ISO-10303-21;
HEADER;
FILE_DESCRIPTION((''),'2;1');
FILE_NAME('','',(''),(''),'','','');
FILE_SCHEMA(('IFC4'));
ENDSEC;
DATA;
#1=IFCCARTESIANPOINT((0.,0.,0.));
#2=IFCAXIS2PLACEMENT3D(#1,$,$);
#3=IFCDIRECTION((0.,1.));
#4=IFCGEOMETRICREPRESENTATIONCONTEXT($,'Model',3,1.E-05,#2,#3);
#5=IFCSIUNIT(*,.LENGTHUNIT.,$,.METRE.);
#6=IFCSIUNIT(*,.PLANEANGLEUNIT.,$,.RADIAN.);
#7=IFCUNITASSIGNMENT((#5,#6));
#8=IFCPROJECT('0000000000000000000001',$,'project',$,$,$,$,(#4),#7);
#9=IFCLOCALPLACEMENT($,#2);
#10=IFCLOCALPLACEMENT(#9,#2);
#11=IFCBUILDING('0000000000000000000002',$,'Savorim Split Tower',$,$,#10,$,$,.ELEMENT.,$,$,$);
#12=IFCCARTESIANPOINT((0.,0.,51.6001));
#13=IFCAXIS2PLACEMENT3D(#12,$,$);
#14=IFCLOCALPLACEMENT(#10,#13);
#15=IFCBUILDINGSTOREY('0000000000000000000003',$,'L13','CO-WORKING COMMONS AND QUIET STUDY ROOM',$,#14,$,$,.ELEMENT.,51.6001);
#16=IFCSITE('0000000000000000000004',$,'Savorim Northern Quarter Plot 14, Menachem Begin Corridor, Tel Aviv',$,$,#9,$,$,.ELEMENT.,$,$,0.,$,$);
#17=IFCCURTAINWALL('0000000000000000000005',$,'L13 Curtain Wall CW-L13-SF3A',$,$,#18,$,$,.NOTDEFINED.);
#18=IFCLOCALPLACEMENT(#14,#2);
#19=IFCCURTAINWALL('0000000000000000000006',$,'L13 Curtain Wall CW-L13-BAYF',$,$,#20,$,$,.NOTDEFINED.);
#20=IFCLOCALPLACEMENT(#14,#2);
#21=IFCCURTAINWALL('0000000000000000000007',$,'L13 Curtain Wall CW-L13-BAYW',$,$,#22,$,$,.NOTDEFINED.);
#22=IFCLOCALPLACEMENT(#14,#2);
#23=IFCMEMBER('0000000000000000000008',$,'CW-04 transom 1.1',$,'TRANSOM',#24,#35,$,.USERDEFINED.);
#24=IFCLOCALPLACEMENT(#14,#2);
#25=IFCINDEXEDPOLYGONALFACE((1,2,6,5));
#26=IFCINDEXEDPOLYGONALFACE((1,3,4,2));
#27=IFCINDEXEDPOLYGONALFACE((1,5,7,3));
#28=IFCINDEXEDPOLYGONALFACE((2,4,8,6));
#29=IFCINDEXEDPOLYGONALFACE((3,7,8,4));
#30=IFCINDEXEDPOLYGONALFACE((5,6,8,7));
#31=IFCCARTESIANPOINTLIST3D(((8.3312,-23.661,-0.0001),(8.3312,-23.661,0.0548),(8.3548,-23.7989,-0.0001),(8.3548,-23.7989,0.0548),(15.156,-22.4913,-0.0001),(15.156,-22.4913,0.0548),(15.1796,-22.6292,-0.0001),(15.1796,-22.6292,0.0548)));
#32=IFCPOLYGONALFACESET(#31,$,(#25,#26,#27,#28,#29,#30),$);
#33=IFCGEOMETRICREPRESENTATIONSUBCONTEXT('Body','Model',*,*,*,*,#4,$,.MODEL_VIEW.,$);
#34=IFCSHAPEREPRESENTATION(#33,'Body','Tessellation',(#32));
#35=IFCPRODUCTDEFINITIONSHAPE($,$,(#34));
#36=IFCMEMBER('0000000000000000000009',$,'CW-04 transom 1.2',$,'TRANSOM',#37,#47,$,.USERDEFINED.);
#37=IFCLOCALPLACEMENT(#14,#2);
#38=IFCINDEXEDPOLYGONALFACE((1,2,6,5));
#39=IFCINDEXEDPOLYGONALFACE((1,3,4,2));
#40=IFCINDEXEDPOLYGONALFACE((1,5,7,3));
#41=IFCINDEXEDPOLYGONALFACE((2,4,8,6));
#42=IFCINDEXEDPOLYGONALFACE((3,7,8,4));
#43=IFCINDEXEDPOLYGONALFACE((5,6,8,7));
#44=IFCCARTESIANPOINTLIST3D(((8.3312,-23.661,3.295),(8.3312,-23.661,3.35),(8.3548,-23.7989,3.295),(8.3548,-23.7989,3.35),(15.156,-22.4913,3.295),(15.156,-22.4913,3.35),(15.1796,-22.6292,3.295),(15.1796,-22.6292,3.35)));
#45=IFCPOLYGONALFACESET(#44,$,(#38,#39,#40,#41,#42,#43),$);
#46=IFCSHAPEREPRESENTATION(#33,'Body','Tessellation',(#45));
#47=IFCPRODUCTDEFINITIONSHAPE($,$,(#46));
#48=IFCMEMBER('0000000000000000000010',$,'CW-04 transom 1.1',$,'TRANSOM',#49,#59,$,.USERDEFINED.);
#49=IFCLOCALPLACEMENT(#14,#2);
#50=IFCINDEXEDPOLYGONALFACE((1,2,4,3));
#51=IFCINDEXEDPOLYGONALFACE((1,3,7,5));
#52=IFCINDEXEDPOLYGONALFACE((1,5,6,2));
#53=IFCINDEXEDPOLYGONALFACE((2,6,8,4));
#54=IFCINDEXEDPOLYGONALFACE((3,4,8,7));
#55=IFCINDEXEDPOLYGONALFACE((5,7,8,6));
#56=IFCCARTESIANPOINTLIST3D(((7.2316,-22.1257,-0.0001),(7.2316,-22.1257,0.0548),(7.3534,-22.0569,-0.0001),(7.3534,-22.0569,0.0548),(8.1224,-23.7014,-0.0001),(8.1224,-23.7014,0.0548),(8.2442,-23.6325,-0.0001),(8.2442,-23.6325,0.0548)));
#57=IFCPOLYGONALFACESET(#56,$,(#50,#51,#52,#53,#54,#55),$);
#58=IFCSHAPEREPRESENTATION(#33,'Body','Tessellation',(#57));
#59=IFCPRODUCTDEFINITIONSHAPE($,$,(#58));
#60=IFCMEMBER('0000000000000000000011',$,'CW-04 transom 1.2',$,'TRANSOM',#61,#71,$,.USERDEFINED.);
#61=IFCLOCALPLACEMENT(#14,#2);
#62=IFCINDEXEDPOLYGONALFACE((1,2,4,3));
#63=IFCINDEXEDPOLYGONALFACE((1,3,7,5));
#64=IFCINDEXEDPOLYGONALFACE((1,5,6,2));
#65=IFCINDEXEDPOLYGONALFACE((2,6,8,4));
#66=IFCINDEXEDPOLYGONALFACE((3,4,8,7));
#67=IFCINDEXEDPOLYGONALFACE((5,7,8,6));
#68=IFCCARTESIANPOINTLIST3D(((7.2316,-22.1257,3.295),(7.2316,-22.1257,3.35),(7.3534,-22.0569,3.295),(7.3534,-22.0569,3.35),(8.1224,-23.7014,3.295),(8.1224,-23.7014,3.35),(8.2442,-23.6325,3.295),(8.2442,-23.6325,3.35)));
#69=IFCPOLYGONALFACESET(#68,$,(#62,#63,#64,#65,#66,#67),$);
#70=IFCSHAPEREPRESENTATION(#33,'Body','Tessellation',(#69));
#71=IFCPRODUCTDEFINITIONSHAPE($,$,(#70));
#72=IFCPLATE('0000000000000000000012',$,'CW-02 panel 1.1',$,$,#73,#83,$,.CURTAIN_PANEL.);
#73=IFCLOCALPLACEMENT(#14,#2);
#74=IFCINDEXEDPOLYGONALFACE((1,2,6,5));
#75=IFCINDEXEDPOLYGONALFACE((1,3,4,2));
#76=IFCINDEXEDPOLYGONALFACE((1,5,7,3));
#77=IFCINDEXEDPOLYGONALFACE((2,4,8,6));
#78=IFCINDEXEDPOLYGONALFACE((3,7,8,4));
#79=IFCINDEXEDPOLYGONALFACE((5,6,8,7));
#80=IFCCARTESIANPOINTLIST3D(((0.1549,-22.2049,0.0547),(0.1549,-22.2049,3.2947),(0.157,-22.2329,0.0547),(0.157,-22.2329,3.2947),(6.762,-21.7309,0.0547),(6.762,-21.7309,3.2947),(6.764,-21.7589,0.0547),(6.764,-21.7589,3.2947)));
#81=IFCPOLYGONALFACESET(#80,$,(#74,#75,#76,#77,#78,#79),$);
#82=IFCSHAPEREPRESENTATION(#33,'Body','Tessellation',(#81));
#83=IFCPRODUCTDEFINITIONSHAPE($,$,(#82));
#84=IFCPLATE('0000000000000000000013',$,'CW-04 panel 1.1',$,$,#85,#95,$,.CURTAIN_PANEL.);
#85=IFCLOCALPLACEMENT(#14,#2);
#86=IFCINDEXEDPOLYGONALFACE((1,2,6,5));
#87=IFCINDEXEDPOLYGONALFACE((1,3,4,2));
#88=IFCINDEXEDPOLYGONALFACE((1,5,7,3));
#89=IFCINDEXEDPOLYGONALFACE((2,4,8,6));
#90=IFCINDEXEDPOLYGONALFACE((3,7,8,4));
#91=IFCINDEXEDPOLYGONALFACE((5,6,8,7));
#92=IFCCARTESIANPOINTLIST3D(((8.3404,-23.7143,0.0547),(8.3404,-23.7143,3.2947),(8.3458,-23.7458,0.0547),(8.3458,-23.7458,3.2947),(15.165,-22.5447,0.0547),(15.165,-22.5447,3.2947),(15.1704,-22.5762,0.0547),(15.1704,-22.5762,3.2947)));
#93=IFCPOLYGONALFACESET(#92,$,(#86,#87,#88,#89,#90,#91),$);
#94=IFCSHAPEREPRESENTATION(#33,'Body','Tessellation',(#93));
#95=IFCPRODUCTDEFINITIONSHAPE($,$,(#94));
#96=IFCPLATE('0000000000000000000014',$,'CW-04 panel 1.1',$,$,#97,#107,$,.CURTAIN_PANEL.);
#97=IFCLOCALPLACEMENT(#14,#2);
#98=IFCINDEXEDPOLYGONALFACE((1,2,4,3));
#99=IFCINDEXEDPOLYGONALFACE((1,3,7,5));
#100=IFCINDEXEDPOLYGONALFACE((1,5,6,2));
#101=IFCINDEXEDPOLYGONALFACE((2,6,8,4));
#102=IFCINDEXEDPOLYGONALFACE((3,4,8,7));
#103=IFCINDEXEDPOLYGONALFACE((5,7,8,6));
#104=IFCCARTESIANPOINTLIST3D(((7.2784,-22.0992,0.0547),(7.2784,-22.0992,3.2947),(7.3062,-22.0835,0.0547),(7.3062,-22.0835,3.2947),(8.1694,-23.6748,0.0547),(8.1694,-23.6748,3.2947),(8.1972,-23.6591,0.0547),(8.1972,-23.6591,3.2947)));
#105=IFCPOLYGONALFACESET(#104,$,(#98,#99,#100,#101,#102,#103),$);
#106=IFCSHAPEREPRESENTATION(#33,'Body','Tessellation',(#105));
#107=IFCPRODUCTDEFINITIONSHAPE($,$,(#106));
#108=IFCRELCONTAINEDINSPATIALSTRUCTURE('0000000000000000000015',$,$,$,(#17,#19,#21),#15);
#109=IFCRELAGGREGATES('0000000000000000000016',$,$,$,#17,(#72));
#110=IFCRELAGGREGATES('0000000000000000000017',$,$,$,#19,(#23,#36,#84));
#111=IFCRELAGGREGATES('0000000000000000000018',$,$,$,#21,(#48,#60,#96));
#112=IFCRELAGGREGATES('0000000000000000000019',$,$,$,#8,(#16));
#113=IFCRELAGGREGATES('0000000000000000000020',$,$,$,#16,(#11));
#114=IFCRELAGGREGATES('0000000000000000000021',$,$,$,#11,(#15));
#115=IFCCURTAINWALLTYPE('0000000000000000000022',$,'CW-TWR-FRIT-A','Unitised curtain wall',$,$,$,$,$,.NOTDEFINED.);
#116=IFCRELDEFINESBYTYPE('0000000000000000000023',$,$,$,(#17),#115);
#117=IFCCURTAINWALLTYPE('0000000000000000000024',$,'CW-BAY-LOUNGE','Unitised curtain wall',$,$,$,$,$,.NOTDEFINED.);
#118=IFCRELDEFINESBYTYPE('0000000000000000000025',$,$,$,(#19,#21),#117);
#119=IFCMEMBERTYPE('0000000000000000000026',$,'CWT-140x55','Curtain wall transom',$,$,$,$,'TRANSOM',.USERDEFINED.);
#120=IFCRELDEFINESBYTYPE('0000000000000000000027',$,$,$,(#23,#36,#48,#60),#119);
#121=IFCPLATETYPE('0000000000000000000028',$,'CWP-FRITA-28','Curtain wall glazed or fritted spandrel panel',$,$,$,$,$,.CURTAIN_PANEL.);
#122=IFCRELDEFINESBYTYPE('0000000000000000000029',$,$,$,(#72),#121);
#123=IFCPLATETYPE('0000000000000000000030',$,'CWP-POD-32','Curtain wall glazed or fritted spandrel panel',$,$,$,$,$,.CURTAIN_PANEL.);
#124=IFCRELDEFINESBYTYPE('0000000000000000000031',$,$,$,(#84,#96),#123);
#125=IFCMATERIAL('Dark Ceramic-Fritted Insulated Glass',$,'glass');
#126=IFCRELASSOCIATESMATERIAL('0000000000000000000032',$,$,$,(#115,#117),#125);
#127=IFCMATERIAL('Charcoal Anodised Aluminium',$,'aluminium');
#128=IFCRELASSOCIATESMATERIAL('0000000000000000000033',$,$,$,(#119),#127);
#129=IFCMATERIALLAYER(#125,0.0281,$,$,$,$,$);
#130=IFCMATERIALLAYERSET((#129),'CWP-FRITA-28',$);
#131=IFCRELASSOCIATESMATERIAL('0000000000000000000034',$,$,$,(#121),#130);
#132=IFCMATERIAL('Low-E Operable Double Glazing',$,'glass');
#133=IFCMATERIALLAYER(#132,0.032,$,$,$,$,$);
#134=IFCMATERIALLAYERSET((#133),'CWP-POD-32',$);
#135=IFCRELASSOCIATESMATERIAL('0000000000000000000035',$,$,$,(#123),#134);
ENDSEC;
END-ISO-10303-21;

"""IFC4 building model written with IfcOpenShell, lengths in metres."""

from ifc_helpers import new_model, si_unit, direction, frame, origin, origin_2d, place, context, subcontext, project, spatial, rectangle, extrude, material, layer, layer_set, material_profile, profile_set, type_object, element, aggregate, save


model = new_model("IFC4")

# Units and contexts
model_context = context("Model", 3, precision=1e-05, world=origin(), true_north=direction((0.0, 1.0)))
body_context = subcontext(model_context, "Body", "Model", "MODEL_VIEW")
ifc_project = project(units=[si_unit("LENGTHUNIT", "METRE"), si_unit("PLANEANGLEUNIT", "RADIAN")], contexts=[model_context])

# Site, building, storey
site_placement = place(None, origin())
site = spatial("IfcSite", under=ifc_project, at=site_placement, Name="Savorim Northern Quarter Plot 14, Menachem Begin Corridor, Tel Aviv", CompositionType="ELEMENT", RefElevation=0.0)
building_placement = place(site_placement, origin())
building = spatial("IfcBuilding", under=site, at=building_placement, Name="Savorim Split Tower", CompositionType="ELEMENT")
storey_placement = place(building_placement, frame((0.0, 0.0, 51.6001)))
storey = spatial("IfcBuildingStorey", under=building, at=storey_placement, Name="L13", Description="CO-WORKING COMMONS AND QUIET STUDY ROOM", CompositionType="ELEMENT", Elevation=51.6001)

# Curtain wall
ifc_material_1 = material(Name="Dark Ceramic-Fritted Insulated Glass", Category="glass")
curtain_wall_type_1 = type_object("IfcCurtainWallType", Name="CW-TWR-FRIT-A", Description="Unitised curtain wall", PredefinedType="NOTDEFINED", material=ifc_material_1)
curtain_wall_1_placement = place(storey_placement, origin())
curtain_wall_1 = element("IfcCurtainWall", 1, at=curtain_wall_1_placement, inside=storey, type_object=curtain_wall_type_1, Name="L13 Curtain Wall CW-L13-SF3A", PredefinedType="NOTDEFINED")
ifc_material_2 = material(Name="Charcoal Anodised Aluminium", Category="aluminium")

# Curtain wall
curtain_wall_type_2 = type_object("IfcCurtainWallType", Name="CW-BAY-LOUNGE", Description="Unitised curtain wall", PredefinedType="NOTDEFINED", material=ifc_material_1)
curtain_wall_2_placement = place(storey_placement, origin())
curtain_wall_2 = element("IfcCurtainWall", 2, at=curtain_wall_2_placement, inside=storey, type_object=curtain_wall_type_2, Name="L13 Curtain Wall CW-L13-BAYF", PredefinedType="NOTDEFINED")

# Curtain wall
curtain_wall_3_placement = place(storey_placement, origin())
curtain_wall_3 = element("IfcCurtainWall", 3, at=curtain_wall_3_placement, inside=storey, type_object=curtain_wall_type_2, Name="L13 Curtain Wall CW-L13-BAYW", PredefinedType="NOTDEFINED")

# Members
ifc_material_profile_1 = material_profile(ifc_material_2, rectangle(XDim=0.1399, YDim=0.0549, at=origin_2d()), Name="ALU-T 140x55")
ifc_profile_set_1 = profile_set([ifc_material_profile_1], Name="Charcoal Anodised Aluminium")
member_type_1 = type_object("IfcMemberType", Name="CWT-140x55", Description="Curtain wall transom", ElementType="TRANSOM", PredefinedType="USERDEFINED", material=ifc_profile_set_1)
member_1_placement = place(storey_placement, frame((8.343, -23.73, 0.0273), z_axis=(0.985629, 0.168926, 0.0), x_axis=(-0.168926, 0.985629, 0.0)))
member_1 = element("IfcMember", 4, at=member_1_placement, type_object=member_type_1, Name="CW-04 transom 1.1", ObjectType="TRANSOM", PredefinedType="USERDEFINED", context=body_context, shape_type="SweptSolid", body=[
    extrude(rectangle(XDim=0.1399, YDim=0.0549, at=origin_2d()), origin(), (0.0, 0.0, 1.0), 6.9243),
])
member_2_placement = place(storey_placement, frame((8.343, -23.73, 3.3225), z_axis=(0.985629, 0.168926, 0.0), x_axis=(-0.168926, 0.985629, 0.0)))
member_2 = element("IfcMember", 5, at=member_2_placement, type_object=member_type_1, Name="CW-04 transom 1.2", ObjectType="TRANSOM", PredefinedType="USERDEFINED", context=body_context, shape_type="SweptSolid", body=[
    extrude(rectangle(XDim=0.1399, YDim=0.0549, at=origin_2d()), origin(), (0.0, 0.0, 1.0), 6.9243),
])
member_3_placement = place(storey_placement, frame((7.2925, -22.0913, 0.0273), z_axis=(0.492168, -0.8705, 0.0), x_axis=(0.8705, 0.492168, 0.0)))
member_3 = element("IfcMember", 6, at=member_3_placement, type_object=member_type_1, Name="CW-04 transom 1.1", ObjectType="TRANSOM", PredefinedType="USERDEFINED", context=body_context, shape_type="SweptSolid", body=[
    extrude(rectangle(XDim=0.1399, YDim=0.0549, at=origin_2d()), origin(), (0.0, 0.0, 1.0), 1.8101),
])
member_4_placement = place(storey_placement, frame((7.2925, -22.0913, 3.3225), z_axis=(0.492168, -0.8705, 0.0), x_axis=(0.8705, 0.492168, 0.0)))
member_4 = element("IfcMember", 7, at=member_4_placement, type_object=member_type_1, Name="CW-04 transom 1.2", ObjectType="TRANSOM", PredefinedType="USERDEFINED", context=body_context, shape_type="SweptSolid", body=[
    extrude(rectangle(XDim=0.1399, YDim=0.0549, at=origin_2d()), origin(), (0.0, 0.0, 1.0), 1.8101),
])

# Plates
ifc_layer_1 = layer(ifc_material_1, 0.0281)
ifc_layer_set_1 = layer_set([ifc_layer_1], Name="CWP-FRITA-28")
plate_type_1 = type_object("IfcPlateType", Name="CWP-FRITA-28", Description="Curtain wall glazed or fritted spandrel panel", PredefinedType="CURTAIN_PANEL", material=ifc_layer_set_1)
plate_1_placement = place(storey_placement, frame((3.4595, -21.9819, 0.0547), z_axis=(0.0, 0.0, 1.0), x_axis=(0.997436, 0.071559, 0.0)))
plate_1 = element("IfcPlate", 8, at=plate_1_placement, type_object=plate_type_1, Name="CW-02 panel 1.1", PredefinedType="CURTAIN_PANEL", context=body_context, shape_type="SweptSolid", body=[
    extrude(rectangle(XDim=6.624, YDim=0.0281, at=origin_2d()), origin(), (0.0, 0.0, 1.0), 3.24),
])
aggregate(curtain_wall_1, [plate_1])
ifc_material_3 = material(Name="Low-E Operable Double Glazing", Category="glass")
ifc_layer_2 = layer(ifc_material_3, 0.032)
ifc_layer_set_2 = layer_set([ifc_layer_2], Name="CWP-POD-32")
plate_type_2 = type_object("IfcPlateType", Name="CWP-POD-32", Description="Curtain wall glazed or fritted spandrel panel", PredefinedType="CURTAIN_PANEL", material=ifc_layer_set_2)
plate_2_placement = place(storey_placement, frame((11.7554, -23.1453, 0.0547), z_axis=(0.0, 0.0, 1.0), x_axis=(0.985629, 0.168923, 0.0)))
plate_2 = element("IfcPlate", 9, at=plate_2_placement, type_object=plate_type_2, Name="CW-04 panel 1.1", PredefinedType="CURTAIN_PANEL", context=body_context, shape_type="SweptSolid", body=[
    extrude(rectangle(XDim=6.9241, YDim=0.032, at=origin_2d()), origin(), (0.0, 0.0, 1.0), 3.24),
])
aggregate(curtain_wall_2, [member_1, member_2, plate_2])
plate_3_placement = place(storey_placement, frame((7.7378, -22.8792, 0.0547), z_axis=(0.0, 0.0, 1.0), x_axis=(0.492259, -0.870449, 0.0)))
plate_3 = element("IfcPlate", 10, at=plate_3_placement, type_object=plate_type_2, Name="CW-04 panel 1.1", PredefinedType="CURTAIN_PANEL", context=body_context, shape_type="SweptSolid", body=[
    extrude(rectangle(XDim=1.8101, YDim=0.032, at=origin_2d()), origin(), (0.0, 0.0, 1.0), 3.24),
])
aggregate(curtain_wall_3, [member_3, member_4, plate_3])

save(model, "model.ifc")
